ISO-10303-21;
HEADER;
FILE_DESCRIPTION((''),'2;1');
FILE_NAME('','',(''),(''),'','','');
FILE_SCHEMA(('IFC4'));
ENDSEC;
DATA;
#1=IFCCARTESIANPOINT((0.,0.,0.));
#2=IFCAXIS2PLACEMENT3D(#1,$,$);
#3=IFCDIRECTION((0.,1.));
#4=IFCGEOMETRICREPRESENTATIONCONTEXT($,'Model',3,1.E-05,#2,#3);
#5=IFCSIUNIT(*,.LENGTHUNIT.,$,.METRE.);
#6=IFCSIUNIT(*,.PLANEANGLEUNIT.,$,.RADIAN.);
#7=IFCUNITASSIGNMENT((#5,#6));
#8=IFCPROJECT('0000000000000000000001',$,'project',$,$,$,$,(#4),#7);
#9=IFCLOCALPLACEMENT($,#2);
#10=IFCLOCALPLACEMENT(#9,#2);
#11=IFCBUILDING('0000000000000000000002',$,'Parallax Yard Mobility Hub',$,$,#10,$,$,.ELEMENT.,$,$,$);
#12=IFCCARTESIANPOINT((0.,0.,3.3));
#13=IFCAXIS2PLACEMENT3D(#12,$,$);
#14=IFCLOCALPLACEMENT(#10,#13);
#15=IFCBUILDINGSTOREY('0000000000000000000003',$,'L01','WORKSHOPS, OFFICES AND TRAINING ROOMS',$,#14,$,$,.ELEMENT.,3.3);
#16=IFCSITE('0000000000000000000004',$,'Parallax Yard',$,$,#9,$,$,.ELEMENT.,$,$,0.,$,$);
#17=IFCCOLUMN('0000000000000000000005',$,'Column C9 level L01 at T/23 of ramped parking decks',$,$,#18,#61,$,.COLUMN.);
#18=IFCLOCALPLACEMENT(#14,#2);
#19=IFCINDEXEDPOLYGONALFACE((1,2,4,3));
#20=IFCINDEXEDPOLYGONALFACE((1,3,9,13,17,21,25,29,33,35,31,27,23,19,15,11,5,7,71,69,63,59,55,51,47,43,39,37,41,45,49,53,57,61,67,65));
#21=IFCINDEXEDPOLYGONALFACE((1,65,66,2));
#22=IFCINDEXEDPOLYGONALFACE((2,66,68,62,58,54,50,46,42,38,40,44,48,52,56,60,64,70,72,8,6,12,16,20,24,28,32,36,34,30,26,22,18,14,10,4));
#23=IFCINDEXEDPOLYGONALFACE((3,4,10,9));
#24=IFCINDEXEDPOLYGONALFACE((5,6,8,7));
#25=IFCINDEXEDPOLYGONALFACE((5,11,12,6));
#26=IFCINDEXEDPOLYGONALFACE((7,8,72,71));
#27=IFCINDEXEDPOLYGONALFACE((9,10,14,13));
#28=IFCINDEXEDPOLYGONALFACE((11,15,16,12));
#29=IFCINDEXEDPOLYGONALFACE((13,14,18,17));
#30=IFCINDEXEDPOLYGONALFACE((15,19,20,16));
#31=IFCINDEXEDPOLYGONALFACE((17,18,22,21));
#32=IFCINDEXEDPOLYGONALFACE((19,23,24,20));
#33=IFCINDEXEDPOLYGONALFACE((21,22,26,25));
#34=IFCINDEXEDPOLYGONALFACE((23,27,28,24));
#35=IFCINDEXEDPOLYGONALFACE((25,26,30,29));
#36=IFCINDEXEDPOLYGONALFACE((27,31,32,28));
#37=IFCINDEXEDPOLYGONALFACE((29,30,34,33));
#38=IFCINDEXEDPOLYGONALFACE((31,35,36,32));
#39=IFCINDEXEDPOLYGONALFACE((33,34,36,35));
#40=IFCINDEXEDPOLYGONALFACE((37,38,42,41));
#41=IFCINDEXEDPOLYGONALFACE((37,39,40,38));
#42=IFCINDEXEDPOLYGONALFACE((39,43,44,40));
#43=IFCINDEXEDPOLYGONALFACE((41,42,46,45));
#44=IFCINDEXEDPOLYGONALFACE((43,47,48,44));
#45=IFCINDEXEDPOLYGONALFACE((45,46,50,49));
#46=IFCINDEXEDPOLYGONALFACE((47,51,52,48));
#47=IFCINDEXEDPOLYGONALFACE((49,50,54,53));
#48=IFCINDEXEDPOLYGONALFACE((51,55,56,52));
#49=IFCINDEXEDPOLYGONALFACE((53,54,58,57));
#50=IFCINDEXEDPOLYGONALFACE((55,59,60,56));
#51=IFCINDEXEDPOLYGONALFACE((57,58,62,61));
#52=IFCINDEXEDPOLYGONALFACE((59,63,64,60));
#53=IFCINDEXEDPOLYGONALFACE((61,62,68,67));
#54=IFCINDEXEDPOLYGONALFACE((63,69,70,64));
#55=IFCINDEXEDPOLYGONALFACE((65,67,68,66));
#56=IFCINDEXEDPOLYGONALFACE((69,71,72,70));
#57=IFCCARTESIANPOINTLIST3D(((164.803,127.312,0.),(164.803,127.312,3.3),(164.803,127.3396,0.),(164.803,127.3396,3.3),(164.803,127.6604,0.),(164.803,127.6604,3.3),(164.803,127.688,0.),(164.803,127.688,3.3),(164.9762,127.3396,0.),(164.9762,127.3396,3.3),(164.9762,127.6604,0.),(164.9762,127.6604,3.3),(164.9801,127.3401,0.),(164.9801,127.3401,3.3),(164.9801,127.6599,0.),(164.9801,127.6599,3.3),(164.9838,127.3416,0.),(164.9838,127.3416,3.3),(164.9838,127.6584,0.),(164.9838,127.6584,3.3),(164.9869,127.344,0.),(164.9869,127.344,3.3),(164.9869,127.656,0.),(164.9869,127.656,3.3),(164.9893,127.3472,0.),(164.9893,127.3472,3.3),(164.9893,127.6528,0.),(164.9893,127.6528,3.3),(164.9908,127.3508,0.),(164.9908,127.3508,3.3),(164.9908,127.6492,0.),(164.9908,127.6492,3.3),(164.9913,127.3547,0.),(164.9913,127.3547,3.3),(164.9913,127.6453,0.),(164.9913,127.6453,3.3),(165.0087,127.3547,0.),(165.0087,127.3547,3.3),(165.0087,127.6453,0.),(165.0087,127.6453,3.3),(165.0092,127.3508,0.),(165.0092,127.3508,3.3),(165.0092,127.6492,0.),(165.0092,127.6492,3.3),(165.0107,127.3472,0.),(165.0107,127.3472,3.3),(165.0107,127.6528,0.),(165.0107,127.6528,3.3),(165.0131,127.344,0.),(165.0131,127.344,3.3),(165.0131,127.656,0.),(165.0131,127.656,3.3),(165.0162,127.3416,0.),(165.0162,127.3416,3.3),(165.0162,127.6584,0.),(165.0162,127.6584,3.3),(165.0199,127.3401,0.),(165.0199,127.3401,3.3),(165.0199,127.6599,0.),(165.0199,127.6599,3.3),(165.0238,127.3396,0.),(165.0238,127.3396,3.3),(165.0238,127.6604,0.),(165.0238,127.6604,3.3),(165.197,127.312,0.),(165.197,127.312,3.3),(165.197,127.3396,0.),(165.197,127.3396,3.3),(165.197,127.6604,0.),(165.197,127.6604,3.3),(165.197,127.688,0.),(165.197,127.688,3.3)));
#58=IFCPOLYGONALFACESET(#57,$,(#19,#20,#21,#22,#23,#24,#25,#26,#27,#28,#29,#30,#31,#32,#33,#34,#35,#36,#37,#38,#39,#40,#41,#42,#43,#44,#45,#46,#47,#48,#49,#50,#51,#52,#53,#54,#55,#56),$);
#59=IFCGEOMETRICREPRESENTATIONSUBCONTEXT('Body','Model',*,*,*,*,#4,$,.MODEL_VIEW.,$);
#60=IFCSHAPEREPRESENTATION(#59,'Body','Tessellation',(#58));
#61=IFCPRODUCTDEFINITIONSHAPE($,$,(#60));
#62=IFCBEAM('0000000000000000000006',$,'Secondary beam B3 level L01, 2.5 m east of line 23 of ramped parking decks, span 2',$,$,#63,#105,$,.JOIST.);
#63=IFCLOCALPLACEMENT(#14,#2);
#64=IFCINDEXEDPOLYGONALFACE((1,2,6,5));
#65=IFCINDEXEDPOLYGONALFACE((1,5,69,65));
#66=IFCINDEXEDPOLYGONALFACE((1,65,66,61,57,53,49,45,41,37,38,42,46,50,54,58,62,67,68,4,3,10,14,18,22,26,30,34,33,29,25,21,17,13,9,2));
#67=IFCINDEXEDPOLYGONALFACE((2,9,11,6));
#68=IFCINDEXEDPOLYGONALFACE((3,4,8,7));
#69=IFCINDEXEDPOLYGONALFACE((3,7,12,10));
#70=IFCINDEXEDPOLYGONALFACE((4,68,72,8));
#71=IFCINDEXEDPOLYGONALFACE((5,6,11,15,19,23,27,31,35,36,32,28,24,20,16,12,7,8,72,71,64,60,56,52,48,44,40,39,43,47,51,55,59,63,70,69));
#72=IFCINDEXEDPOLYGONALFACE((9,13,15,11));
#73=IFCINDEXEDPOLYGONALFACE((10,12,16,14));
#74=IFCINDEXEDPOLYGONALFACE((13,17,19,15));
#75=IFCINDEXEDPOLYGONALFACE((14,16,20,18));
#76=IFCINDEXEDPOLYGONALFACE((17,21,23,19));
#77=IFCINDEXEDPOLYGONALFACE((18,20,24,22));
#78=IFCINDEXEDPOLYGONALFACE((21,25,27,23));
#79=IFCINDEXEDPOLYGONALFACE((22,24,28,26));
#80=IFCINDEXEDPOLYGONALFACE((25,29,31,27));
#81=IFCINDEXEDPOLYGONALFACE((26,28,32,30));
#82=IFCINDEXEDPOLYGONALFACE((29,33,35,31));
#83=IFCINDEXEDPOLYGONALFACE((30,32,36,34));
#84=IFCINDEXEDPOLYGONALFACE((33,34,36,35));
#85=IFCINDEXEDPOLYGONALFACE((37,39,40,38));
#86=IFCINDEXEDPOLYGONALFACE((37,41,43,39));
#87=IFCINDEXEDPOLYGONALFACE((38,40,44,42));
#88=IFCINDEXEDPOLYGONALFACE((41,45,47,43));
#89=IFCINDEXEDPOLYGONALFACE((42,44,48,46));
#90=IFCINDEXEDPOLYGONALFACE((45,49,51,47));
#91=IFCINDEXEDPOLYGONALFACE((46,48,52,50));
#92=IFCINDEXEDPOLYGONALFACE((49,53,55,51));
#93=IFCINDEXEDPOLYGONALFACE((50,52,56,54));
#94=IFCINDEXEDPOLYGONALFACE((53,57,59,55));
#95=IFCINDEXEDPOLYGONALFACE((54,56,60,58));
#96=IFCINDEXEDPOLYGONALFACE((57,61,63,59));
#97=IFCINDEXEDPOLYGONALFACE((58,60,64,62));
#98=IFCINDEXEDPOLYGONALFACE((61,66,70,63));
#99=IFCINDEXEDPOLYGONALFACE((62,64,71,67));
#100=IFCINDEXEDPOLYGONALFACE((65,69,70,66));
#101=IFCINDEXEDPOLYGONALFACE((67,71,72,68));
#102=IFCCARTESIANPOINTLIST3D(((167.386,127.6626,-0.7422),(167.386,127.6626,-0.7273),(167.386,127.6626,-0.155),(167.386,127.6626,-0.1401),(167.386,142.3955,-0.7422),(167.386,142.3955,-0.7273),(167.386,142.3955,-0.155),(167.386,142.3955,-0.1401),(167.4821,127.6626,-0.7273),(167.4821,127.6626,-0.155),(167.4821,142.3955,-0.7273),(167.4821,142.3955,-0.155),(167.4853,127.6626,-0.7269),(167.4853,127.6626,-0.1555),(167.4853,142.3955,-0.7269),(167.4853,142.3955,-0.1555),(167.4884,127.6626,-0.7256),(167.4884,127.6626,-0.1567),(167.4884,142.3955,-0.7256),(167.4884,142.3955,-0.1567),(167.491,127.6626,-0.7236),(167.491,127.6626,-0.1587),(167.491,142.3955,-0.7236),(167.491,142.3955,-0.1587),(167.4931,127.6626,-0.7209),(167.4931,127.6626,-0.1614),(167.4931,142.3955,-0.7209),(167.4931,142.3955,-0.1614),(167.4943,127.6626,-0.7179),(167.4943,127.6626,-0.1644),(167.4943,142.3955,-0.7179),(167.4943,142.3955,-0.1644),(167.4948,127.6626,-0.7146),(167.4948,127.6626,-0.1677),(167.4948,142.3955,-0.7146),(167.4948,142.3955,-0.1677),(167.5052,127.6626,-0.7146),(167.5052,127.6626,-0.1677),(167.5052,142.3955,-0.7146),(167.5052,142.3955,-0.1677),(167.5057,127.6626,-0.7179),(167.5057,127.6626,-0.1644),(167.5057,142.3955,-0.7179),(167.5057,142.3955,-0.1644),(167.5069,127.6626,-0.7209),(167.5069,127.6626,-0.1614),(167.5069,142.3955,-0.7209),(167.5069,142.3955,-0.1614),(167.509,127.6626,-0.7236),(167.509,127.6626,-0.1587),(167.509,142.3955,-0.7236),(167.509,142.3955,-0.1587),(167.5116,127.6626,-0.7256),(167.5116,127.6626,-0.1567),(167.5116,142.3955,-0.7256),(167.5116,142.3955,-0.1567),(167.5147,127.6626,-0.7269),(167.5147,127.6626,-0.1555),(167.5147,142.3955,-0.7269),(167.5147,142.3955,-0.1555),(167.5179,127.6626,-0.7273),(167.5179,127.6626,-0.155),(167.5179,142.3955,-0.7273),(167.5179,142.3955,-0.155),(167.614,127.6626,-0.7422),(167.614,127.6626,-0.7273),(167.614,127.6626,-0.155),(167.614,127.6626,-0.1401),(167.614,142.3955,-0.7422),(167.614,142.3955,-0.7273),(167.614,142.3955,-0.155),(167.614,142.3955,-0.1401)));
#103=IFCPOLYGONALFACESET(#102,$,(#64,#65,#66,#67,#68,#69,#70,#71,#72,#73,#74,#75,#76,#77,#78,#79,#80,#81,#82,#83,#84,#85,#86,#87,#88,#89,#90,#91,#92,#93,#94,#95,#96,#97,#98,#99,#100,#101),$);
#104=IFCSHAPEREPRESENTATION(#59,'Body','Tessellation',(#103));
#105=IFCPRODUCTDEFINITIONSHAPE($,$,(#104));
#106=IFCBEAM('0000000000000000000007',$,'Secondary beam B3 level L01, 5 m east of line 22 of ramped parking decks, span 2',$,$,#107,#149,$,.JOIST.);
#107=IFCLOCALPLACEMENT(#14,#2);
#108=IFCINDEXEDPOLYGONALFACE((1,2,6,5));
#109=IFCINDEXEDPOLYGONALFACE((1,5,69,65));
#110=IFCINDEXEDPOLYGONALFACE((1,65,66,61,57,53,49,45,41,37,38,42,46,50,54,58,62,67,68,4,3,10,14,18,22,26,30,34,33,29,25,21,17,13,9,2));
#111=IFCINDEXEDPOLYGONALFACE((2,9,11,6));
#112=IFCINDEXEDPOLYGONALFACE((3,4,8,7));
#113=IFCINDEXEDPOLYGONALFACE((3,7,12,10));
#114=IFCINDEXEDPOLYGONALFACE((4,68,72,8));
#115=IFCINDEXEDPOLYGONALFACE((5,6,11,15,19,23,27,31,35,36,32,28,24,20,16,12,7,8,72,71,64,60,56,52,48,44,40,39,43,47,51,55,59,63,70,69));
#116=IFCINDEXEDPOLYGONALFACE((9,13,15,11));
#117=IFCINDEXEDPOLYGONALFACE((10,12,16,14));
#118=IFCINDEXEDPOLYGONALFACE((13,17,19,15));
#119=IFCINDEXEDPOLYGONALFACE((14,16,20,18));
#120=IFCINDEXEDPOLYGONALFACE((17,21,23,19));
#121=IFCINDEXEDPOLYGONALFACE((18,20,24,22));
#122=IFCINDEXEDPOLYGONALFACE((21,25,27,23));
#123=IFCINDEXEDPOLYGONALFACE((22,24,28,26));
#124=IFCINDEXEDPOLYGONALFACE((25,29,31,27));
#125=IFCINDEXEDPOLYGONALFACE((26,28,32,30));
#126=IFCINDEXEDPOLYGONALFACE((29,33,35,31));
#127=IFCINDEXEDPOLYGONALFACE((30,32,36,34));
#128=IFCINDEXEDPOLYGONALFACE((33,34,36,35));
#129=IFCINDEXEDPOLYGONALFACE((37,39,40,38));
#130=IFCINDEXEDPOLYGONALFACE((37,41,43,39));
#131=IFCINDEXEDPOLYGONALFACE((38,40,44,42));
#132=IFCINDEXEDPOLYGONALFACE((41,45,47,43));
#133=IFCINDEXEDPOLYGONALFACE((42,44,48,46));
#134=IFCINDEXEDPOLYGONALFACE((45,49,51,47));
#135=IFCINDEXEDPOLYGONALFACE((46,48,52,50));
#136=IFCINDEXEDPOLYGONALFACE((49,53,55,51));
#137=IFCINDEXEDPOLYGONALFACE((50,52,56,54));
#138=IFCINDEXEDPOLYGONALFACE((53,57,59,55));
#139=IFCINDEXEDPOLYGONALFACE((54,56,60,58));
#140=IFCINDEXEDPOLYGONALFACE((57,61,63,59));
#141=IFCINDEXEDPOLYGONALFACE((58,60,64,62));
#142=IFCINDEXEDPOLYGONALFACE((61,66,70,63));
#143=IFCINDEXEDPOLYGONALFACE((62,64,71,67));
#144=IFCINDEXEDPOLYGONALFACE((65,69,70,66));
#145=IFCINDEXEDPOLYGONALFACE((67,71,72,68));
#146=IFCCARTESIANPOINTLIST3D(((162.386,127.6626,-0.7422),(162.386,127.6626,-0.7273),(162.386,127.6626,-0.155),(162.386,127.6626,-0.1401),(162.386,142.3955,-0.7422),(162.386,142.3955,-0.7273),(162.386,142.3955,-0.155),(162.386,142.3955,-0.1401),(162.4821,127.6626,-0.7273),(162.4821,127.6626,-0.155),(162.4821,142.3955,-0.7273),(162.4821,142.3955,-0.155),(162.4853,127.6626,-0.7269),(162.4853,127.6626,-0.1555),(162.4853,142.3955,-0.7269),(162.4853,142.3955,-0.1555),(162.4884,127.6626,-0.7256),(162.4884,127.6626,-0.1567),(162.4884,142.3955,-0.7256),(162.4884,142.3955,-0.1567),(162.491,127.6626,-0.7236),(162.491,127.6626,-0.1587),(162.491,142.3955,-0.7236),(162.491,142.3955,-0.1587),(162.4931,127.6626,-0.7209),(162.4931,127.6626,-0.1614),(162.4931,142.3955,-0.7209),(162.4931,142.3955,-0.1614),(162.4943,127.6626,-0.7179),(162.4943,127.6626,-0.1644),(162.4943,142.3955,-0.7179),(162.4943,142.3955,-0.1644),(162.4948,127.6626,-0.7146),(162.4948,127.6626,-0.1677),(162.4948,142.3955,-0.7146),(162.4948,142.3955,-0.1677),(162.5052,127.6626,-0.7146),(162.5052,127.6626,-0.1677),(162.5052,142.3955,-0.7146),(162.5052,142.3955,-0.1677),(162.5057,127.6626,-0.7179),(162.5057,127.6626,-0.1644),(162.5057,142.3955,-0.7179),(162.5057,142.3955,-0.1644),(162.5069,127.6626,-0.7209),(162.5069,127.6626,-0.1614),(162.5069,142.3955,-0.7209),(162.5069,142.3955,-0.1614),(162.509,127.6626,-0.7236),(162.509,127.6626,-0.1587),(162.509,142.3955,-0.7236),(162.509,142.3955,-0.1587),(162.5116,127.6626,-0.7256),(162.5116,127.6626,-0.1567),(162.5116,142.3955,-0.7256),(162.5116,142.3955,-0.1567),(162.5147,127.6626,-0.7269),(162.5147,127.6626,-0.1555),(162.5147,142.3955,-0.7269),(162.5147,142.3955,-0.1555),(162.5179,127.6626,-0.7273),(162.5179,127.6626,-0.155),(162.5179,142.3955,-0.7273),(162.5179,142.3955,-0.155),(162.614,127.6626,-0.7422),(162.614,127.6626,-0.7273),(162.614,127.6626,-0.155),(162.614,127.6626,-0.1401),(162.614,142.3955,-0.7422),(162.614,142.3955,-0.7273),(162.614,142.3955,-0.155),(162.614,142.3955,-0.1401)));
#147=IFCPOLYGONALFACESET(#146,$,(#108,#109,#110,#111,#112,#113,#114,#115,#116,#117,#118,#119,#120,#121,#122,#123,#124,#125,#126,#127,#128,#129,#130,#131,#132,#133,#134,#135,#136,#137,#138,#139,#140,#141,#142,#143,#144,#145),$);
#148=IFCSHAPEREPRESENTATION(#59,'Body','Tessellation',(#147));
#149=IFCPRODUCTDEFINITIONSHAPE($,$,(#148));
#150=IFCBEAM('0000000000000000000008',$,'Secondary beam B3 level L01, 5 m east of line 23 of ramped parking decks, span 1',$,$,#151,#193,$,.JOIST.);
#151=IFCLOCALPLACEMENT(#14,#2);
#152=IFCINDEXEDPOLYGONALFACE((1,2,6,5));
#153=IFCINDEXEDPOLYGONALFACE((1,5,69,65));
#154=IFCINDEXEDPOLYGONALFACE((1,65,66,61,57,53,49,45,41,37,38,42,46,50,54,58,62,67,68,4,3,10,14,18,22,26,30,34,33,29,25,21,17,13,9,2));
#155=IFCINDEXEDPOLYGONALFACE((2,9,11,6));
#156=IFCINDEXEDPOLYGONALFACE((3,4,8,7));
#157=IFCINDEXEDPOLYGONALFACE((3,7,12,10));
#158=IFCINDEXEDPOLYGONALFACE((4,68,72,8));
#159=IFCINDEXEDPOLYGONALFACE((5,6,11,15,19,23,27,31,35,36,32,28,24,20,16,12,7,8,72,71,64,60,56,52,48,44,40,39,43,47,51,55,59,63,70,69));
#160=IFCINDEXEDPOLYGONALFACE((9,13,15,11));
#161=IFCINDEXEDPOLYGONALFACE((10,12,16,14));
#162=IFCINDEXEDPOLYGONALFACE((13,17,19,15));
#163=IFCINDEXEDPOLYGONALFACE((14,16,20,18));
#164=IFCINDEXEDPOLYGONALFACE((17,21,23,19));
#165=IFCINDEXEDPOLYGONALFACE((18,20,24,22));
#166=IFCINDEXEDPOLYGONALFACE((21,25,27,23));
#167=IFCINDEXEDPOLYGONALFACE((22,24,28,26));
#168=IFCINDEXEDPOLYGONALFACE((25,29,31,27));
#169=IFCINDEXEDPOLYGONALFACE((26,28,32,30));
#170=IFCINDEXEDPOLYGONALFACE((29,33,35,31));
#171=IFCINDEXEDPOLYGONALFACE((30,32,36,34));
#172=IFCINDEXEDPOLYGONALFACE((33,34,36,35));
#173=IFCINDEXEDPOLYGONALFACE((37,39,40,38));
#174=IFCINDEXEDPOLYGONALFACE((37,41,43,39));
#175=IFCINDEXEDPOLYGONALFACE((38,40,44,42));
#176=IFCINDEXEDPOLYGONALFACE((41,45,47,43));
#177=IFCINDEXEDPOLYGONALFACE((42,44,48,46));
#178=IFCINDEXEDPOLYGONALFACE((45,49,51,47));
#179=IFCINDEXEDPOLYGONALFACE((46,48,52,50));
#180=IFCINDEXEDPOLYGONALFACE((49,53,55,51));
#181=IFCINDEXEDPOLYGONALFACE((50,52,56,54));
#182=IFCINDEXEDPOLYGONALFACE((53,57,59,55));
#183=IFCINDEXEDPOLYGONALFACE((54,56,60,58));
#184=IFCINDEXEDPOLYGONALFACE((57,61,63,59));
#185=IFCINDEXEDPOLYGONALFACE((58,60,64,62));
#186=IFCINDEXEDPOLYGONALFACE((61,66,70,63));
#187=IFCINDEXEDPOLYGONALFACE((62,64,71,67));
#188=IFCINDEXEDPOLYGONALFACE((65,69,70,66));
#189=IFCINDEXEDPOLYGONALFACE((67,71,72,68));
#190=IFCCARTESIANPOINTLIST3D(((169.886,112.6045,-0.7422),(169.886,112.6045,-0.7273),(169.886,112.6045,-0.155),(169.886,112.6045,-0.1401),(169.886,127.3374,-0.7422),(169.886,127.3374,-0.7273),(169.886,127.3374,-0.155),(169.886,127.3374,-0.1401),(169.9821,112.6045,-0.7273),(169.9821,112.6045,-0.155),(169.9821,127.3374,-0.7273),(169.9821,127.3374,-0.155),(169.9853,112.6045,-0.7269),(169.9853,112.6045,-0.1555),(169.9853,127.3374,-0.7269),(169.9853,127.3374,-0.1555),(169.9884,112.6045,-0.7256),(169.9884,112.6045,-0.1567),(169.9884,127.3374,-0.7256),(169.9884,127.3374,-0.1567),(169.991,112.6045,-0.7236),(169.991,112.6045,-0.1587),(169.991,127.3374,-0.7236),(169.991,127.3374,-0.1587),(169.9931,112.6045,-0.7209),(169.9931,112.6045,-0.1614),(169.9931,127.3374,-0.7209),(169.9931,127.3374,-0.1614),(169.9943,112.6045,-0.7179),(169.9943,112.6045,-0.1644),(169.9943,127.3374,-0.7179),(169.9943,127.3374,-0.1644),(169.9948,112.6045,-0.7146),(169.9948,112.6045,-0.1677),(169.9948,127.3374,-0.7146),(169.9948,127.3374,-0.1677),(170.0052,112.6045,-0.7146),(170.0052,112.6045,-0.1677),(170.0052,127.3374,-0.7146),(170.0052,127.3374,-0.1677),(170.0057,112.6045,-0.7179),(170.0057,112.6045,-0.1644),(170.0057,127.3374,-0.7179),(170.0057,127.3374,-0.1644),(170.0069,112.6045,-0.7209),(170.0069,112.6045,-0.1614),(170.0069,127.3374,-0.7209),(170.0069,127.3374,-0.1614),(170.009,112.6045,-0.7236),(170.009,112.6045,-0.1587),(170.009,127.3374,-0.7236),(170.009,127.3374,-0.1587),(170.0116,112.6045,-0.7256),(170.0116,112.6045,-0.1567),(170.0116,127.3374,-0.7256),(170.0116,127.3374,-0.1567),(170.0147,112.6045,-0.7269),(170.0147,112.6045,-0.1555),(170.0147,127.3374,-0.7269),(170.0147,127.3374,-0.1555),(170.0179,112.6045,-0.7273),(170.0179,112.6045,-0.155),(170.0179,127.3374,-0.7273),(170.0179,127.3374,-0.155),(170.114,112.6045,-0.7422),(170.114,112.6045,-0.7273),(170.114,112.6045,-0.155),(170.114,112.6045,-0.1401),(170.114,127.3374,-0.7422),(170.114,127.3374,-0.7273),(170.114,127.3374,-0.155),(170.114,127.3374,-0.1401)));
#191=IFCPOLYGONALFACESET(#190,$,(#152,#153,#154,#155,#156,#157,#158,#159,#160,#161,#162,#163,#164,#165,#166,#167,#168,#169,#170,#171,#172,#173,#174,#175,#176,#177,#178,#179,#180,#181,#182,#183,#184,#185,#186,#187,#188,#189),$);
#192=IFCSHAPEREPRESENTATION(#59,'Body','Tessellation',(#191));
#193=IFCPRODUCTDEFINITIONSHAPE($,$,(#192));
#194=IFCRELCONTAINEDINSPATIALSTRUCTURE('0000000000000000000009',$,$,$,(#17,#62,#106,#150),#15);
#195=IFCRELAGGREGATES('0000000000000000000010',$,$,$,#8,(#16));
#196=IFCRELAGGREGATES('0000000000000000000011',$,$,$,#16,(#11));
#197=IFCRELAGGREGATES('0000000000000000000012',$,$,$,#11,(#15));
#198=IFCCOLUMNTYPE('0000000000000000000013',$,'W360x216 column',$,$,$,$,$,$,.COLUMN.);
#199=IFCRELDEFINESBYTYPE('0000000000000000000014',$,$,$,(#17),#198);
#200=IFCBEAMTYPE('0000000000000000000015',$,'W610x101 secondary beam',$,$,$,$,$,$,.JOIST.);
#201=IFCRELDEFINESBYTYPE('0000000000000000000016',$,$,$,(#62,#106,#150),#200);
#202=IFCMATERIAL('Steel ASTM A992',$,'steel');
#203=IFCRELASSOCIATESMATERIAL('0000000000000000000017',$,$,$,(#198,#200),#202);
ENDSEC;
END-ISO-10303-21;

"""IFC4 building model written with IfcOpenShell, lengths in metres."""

from ifc_helpers import new_model, si_unit, direction, frame, origin, origin_2d, place, context, subcontext, project, spatial, i_section, extrude, material, material_profile, profile_set, type_object, element, save


model = new_model("IFC4")

# Units and contexts
model_context = context("Model", 3, precision=1e-05, world=origin(), true_north=direction((0.0, 1.0)))
body_context = subcontext(model_context, "Body", "Model", "MODEL_VIEW")
ifc_project = project(units=[si_unit("LENGTHUNIT", "METRE"), si_unit("PLANEANGLEUNIT", "RADIAN")], contexts=[model_context])

# Site, building, storey
site_placement = place(None, origin())
site = spatial("IfcSite", under=ifc_project, at=site_placement, Name="Parallax Yard", CompositionType="ELEMENT", RefElevation=0.0)
building_placement = place(site_placement, origin())
building = spatial("IfcBuilding", under=site, at=building_placement, Name="Parallax Yard Mobility Hub", CompositionType="ELEMENT")
storey_placement = place(building_placement, frame((0.0, 0.0, 3.3)))
storey = spatial("IfcBuildingStorey", under=building, at=storey_placement, Name="L01", Description="WORKSHOPS, OFFICES AND TRAINING ROOMS", CompositionType="ELEMENT", Elevation=3.3)

# Column
ifc_material_1 = material(Name="Steel ASTM A992", Category="steel")
ifc_material_profile_1 = material_profile(ifc_material_1, i_section(OverallWidth=0.394, OverallDepth=0.376, WebThickness=0.0173, FlangeThickness=0.0276, FilletRadius=0.0151, at=origin_2d()), Name="W360x216")
ifc_profile_set_1 = profile_set([ifc_material_profile_1], Name="Steel ASTM A992")
column_type_1 = type_object("IfcColumnType", Name="W360x216 column", PredefinedType="COLUMN", material=ifc_profile_set_1)
column_1_placement = place(storey_placement, frame((165.0, 127.5, 0.0), z_axis=(0.0, 0.0, 1.0), x_axis=(1.0, 0.0, 0.0)))
element("IfcColumn", 1, at=column_1_placement, inside=storey, type_object=column_type_1, Name="Column C9 level L01 at T/23 of ramped parking decks", PredefinedType="COLUMN", context=body_context, shape_type="SweptSolid", body=[
    extrude(i_section(OverallWidth=0.394, OverallDepth=0.376, WebThickness=0.0173, FlangeThickness=0.0276, FilletRadius=0.0151, at=origin_2d()), origin(), (0.0, 0.0, 1.0), 3.3),
])

# Beams
ifc_material_profile_2 = material_profile(ifc_material_1, i_section(OverallWidth=0.228, OverallDepth=0.6021, WebThickness=0.0105, FlangeThickness=0.0149, FilletRadius=0.0127, at=origin_2d()), Name="W610x101")
ifc_profile_set_2 = profile_set([ifc_material_profile_2], Name="Steel ASTM A992")
beam_type_1 = type_object("IfcBeamType", Name="W610x101 secondary beam", PredefinedType="JOIST", material=ifc_profile_set_2)
for number, where, z_axis, x_axis, name in (
    (2, (167.5, 127.6626, -0.4412), (0.0, 1.0, 0.0), (-1.0, 0.0, 0.0), "Secondary beam B3 level L01, 2.5 m east of line 23 of ramped parking decks, span 2"),
    (3, (162.5, 127.6626, -0.4412), (0.0, 1.0, 0.0), (-1.0, 0.0, 0.0), "Secondary beam B3 level L01, 5 m east of line 22 of ramped parking decks, span 2"),
    (4, (170.0, 112.6045, -0.4412), (0.0, 1.0, 0.0), (-1.0, 0.0, 0.0), "Secondary beam B3 level L01, 5 m east of line 23 of ramped parking decks, span 1"),
):
    element("IfcBeam", number, at=place(storey_placement, frame(where, z_axis=z_axis, x_axis=x_axis)), inside=storey, type_object=beam_type_1, Name=name, PredefinedType="JOIST", context=body_context, shape_type="SweptSolid", body=[
        extrude(i_section(OverallWidth=0.228, OverallDepth=0.6021, WebThickness=0.0105, FlangeThickness=0.0149, FilletRadius=0.0127, at=origin_2d()), origin(), (0.0, 0.0, 1.0), 14.7329),
    ])

save(model, "model.ifc")
